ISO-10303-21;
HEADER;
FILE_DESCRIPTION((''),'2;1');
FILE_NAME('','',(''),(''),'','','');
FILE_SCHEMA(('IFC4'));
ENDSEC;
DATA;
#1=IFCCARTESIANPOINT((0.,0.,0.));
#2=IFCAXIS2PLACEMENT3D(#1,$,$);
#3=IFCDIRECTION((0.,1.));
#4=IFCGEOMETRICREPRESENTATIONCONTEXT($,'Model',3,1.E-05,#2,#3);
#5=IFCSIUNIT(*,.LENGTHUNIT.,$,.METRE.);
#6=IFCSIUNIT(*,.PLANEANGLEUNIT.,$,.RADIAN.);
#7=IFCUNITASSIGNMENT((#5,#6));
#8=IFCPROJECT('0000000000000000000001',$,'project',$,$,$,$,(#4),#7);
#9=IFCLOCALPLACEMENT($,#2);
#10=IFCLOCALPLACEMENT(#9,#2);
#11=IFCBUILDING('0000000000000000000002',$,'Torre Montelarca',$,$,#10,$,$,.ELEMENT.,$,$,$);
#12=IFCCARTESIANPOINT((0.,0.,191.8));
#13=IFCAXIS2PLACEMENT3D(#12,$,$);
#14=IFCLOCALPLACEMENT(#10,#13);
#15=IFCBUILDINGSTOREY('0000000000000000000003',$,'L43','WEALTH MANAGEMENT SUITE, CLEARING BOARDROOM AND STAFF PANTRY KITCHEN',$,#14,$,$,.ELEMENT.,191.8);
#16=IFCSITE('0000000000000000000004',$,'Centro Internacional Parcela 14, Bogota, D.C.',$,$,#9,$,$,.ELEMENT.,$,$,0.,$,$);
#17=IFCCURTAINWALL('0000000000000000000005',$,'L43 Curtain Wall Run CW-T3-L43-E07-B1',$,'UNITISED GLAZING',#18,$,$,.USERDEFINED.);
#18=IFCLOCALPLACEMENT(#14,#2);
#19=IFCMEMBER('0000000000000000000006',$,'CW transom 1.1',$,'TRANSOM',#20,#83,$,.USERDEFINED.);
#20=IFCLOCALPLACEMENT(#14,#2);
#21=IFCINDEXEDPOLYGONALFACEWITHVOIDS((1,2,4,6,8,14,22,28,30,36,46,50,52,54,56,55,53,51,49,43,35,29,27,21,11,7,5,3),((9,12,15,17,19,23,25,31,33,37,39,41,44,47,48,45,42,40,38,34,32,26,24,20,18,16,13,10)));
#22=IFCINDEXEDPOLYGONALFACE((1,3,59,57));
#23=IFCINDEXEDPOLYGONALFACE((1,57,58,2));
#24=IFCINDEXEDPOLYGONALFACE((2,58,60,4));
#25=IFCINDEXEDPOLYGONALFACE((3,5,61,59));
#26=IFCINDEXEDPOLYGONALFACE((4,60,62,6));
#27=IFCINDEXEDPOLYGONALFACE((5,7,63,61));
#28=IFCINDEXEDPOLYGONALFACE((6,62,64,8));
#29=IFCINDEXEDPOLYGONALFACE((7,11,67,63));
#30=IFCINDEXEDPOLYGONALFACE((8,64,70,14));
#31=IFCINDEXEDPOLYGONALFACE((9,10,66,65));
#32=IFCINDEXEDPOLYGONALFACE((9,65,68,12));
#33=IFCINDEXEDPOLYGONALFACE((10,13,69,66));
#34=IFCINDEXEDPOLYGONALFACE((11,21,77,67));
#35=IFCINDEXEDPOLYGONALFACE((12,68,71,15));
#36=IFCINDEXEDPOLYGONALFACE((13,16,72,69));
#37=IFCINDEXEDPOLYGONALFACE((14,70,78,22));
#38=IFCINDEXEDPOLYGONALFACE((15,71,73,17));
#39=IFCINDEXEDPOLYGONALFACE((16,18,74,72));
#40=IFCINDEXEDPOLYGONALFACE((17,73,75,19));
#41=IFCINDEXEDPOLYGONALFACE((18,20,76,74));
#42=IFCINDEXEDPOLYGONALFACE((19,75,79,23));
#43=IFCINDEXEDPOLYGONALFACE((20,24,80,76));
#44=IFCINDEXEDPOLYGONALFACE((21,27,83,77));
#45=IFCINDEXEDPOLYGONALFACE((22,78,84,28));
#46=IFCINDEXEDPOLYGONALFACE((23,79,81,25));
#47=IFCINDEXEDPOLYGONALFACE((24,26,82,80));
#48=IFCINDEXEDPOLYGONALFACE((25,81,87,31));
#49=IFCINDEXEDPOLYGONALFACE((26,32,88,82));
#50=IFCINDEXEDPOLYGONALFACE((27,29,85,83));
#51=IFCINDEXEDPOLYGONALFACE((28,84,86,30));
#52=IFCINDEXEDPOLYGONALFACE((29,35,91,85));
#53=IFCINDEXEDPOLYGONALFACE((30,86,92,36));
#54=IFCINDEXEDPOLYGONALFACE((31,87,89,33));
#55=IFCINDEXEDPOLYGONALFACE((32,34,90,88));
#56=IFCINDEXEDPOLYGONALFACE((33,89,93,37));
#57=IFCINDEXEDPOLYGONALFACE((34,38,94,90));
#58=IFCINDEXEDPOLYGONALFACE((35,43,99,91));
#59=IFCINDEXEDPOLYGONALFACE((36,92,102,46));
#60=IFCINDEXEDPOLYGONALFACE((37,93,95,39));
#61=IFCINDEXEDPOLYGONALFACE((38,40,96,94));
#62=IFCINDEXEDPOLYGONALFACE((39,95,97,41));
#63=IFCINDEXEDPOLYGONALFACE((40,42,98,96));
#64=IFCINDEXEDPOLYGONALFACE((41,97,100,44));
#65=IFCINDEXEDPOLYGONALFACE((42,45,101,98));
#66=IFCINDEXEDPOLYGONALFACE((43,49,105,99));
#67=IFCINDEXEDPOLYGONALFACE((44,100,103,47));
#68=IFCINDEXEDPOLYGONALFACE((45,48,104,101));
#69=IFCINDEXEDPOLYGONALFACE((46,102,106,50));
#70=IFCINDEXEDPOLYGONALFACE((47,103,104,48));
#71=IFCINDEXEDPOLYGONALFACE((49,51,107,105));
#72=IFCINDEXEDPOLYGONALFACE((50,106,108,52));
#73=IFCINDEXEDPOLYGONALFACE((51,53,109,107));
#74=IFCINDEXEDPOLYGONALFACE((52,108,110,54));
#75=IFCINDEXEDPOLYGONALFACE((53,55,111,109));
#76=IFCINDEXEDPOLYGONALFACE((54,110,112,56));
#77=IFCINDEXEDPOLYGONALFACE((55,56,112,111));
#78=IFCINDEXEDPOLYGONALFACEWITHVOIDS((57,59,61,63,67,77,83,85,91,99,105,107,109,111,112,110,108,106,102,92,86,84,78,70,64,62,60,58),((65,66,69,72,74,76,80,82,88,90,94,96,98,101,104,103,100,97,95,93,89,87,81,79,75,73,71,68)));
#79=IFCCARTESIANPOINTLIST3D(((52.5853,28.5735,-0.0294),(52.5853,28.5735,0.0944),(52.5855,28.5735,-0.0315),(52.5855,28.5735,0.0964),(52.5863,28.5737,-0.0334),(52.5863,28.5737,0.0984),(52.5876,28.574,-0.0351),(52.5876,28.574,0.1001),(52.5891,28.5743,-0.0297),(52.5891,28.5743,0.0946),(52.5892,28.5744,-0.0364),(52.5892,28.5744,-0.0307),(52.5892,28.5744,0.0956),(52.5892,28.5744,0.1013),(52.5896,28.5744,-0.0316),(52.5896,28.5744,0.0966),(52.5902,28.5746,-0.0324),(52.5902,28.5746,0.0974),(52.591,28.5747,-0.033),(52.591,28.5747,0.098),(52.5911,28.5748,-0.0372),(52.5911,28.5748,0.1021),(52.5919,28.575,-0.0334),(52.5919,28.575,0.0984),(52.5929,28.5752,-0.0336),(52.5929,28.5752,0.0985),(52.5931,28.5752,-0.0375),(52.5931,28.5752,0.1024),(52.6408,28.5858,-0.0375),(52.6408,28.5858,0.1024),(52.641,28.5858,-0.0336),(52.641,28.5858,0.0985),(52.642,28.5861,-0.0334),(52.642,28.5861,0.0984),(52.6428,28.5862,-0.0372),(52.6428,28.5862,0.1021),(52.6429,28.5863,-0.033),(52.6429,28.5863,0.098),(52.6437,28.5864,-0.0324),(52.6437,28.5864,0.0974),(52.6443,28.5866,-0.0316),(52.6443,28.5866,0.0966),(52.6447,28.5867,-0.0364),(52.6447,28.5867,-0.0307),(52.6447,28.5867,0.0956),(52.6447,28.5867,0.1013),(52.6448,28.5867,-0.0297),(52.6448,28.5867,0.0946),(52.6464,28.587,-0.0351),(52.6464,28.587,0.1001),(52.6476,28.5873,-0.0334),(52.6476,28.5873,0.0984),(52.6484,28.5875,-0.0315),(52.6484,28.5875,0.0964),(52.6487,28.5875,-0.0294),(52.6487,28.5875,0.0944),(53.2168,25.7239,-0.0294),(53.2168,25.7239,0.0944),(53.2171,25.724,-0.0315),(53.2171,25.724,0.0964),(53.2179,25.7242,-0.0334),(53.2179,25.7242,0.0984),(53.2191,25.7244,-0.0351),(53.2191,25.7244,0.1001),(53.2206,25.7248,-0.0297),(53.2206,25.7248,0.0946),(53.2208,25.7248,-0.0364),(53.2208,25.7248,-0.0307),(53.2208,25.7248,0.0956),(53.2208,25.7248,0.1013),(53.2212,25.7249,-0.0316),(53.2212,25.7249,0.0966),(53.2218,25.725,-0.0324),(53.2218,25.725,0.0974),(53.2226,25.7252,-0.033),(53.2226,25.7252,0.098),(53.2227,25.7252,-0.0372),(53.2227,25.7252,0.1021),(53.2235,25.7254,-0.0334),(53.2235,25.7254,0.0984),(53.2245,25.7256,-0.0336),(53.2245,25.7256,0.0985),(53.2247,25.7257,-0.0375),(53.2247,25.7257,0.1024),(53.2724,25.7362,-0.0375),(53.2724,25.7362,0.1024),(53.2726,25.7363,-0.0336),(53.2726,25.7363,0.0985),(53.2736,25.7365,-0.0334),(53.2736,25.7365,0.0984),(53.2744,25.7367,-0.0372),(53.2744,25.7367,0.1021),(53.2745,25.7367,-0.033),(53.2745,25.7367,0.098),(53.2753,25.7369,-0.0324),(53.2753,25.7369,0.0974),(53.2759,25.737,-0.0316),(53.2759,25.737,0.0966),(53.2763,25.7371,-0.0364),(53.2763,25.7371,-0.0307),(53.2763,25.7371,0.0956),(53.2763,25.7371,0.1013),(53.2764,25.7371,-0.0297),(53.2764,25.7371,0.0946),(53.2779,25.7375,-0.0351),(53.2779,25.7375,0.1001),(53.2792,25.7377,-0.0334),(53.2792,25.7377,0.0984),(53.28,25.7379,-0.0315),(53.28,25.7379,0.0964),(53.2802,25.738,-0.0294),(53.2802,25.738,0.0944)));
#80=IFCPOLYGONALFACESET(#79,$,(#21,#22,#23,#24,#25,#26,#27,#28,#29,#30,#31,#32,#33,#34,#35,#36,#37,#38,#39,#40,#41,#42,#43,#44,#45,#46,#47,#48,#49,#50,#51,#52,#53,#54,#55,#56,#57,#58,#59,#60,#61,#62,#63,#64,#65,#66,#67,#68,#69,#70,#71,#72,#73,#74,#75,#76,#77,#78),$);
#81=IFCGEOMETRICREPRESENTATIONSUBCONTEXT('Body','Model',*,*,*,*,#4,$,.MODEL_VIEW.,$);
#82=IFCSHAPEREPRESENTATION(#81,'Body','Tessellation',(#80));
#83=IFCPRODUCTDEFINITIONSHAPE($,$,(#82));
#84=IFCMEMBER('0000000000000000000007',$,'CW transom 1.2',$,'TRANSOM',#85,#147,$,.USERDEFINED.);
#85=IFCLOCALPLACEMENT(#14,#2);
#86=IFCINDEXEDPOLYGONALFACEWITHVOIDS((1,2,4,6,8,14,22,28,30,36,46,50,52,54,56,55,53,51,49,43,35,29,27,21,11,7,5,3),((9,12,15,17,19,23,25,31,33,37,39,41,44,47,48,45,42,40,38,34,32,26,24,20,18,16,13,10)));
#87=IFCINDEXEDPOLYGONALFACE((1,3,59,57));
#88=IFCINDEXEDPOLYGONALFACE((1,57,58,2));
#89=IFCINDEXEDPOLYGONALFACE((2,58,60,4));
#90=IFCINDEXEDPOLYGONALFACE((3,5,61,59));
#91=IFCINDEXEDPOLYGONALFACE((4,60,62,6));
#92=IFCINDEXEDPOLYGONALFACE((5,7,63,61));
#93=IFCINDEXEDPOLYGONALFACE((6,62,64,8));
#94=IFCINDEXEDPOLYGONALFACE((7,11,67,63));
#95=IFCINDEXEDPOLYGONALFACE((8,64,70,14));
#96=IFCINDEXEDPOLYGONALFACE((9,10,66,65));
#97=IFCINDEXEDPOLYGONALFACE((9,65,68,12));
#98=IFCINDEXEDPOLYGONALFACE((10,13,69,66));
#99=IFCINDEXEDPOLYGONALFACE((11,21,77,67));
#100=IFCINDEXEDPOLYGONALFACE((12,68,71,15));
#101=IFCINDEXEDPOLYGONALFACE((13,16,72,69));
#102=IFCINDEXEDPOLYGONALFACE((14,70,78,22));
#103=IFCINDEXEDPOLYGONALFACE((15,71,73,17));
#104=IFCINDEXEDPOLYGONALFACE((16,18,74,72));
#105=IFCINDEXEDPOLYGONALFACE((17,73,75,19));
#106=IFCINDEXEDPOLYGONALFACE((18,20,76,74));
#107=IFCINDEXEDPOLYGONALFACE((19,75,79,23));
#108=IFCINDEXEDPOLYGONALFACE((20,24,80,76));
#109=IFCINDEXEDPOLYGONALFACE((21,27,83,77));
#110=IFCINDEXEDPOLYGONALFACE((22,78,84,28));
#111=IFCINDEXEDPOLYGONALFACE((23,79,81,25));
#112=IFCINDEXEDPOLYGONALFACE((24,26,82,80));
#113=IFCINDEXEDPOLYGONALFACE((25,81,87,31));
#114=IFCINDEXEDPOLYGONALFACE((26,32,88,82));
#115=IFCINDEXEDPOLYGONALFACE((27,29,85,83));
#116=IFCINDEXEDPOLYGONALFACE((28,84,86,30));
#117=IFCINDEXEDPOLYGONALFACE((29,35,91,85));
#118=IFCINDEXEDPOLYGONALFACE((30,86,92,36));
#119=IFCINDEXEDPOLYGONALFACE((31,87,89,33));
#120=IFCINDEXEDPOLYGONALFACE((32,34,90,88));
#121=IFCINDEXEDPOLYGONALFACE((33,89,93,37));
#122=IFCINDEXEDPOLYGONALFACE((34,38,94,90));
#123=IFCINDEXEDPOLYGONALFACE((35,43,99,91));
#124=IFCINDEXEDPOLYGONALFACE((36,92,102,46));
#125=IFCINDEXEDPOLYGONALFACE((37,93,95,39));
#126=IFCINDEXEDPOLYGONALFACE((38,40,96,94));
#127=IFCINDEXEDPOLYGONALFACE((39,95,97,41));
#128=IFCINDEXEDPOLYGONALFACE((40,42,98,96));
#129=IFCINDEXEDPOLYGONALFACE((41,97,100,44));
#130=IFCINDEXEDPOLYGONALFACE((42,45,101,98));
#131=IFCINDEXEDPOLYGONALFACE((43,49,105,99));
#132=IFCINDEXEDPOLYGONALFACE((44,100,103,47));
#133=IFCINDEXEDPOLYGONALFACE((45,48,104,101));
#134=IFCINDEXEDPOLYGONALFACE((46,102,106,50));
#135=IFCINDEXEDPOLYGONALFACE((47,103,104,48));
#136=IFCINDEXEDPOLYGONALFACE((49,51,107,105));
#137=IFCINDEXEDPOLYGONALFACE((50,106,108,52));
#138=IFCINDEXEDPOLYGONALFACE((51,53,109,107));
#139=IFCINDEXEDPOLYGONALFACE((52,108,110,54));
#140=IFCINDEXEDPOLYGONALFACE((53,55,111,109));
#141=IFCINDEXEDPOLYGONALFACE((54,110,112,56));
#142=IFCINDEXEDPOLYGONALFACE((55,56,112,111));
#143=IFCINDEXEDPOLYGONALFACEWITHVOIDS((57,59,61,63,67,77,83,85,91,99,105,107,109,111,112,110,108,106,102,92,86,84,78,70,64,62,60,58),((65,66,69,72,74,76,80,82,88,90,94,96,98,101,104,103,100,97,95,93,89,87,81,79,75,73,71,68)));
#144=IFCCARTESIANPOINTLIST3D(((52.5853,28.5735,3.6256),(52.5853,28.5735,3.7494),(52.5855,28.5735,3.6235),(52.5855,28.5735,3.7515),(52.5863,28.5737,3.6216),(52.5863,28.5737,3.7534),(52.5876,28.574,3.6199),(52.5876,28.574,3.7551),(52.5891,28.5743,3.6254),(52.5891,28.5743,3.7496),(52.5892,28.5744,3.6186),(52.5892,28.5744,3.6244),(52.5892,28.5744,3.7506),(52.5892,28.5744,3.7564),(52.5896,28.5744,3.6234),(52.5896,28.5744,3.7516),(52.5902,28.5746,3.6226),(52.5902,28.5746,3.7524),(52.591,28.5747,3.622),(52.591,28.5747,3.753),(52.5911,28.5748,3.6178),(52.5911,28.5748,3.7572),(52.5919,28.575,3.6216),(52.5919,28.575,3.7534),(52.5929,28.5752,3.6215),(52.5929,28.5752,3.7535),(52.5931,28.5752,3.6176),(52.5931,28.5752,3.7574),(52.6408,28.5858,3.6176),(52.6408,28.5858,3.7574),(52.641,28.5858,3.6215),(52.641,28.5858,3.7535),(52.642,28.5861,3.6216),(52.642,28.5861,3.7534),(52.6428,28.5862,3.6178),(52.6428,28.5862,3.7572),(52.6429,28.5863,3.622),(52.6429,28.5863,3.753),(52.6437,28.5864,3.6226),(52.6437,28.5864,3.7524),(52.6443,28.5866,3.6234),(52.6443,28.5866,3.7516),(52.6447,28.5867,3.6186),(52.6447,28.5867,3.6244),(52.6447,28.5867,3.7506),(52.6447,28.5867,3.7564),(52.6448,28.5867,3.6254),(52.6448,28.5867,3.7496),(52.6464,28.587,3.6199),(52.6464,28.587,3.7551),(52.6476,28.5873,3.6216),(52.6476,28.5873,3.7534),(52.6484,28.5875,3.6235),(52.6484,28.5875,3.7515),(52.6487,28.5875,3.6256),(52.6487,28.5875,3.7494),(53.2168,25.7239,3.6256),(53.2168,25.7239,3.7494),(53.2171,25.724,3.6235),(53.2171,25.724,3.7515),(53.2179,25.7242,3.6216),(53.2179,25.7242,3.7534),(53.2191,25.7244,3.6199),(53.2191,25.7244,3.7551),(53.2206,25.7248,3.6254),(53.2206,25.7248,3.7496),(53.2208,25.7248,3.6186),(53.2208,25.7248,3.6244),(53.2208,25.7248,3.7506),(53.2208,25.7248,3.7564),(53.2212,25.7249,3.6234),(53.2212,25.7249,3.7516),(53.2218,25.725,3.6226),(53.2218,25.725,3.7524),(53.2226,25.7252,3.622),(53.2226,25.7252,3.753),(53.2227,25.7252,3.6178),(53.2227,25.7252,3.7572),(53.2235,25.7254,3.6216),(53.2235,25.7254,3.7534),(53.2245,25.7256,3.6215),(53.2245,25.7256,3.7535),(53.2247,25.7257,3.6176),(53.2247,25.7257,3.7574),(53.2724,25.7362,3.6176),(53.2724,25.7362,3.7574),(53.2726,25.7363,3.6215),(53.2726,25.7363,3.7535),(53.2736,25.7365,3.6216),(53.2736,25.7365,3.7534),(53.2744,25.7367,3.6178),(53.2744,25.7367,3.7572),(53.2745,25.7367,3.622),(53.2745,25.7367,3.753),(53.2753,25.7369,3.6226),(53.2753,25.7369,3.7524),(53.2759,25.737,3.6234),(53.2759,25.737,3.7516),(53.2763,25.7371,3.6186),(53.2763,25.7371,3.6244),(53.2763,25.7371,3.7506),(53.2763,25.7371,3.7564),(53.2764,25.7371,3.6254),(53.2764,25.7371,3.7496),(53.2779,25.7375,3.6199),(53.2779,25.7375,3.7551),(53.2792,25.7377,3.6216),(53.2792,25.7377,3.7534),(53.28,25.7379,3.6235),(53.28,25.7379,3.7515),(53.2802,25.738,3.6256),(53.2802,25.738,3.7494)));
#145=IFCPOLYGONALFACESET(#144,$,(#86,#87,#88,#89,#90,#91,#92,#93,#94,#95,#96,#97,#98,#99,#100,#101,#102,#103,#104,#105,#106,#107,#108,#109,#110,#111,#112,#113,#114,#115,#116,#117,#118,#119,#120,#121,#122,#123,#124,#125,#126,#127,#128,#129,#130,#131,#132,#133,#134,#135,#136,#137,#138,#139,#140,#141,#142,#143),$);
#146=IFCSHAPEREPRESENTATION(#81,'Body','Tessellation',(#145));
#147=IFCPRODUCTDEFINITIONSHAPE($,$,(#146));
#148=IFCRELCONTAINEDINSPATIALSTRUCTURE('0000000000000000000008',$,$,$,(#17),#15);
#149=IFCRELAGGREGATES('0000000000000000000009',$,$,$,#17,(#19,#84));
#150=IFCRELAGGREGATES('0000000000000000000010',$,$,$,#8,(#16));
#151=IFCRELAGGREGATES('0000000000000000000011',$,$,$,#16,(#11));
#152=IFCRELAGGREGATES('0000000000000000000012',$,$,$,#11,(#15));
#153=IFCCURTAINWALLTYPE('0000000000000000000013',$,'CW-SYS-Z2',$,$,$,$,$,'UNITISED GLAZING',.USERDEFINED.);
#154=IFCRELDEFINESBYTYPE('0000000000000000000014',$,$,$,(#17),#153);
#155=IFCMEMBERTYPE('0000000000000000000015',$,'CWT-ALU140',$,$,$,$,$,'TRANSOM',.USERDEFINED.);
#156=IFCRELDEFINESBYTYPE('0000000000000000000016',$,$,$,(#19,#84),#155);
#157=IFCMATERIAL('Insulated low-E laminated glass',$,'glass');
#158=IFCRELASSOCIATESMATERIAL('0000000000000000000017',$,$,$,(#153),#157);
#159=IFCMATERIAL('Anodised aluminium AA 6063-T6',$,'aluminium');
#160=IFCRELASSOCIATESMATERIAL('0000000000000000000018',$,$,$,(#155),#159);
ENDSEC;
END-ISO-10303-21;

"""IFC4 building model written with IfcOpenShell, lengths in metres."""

from ifc_helpers import new_model, si_unit, direction, frame, origin, origin_2d, place, context, subcontext, project, spatial, hollow_rectangle, extrude, source, transform, mapped, material, material_profile, profile_set, type_object, element, aggregate, save


model = new_model("IFC4")

# Units and contexts
model_context = context("Model", 3, precision=1e-05, world=origin(), true_north=direction((0.0, 1.0)))
body_context = subcontext(model_context, "Body", "Model", "MODEL_VIEW")
ifc_project = project(units=[si_unit("LENGTHUNIT", "METRE"), si_unit("PLANEANGLEUNIT", "RADIAN")], contexts=[model_context])

# Site, building, storey
site_placement = place(None, origin())
site = spatial("IfcSite", under=ifc_project, at=site_placement, Name="Centro Internacional Parcela 14, Bogota, D.C.", CompositionType="ELEMENT", RefElevation=0.0)
building_placement = place(site_placement, origin())
building = spatial("IfcBuilding", under=site, at=building_placement, Name="Torre Montelarca", CompositionType="ELEMENT")
storey_placement = place(building_placement, frame((0.0, 0.0, 191.8)))
storey = spatial("IfcBuildingStorey", under=building, at=storey_placement, Name="L43", Description="WEALTH MANAGEMENT SUITE, CLEARING BOARDROOM AND STAFF PANTRY KITCHEN", CompositionType="ELEMENT", Elevation=191.8)

# Curtain wall, members
ifc_material_1 = material(Name="Insulated low-E laminated glass", Category="glass")
curtain_wall_type = type_object("IfcCurtainWallType", Name="CW-SYS-Z2", ElementType="UNITISED GLAZING", PredefinedType="USERDEFINED", material=ifc_material_1)
ifc_material_2 = material(Name="Anodised aluminium AA 6063-T6", Category="aluminium")
ifc_material_profile_1 = material_profile(ifc_material_2, hollow_rectangle(XDim=0.0649, YDim=0.1399, WallThickness=0.0039, InnerFilletRadius=0.0039, OuterFilletRadius=0.0081, at=origin_2d()), Name="ALU65X140X4", Category="aluminium")
ifc_profile_set_1 = profile_set([ifc_material_profile_1], Name="Anodised aluminium AA 6063-T6")
member_type_1 = type_object("IfcMemberType", Name="CWT-ALU140", ElementType="TRANSOM", PredefinedType="USERDEFINED", material=ifc_profile_set_1)
shared_shape_1 = source(origin(), body_context, "Body", "SweptSolid", [
    extrude(hollow_rectangle(XDim=0.0649, YDim=0.1399, WallThickness=0.0039, InnerFilletRadius=0.0039, OuterFilletRadius=0.0081, at=origin_2d()), origin(), (0.0, 0.0, 1.0), 2.9187),
])
curtain_wall_1_placement = place(storey_placement, origin())
curtain_wall_1 = element("IfcCurtainWall", 1, at=curtain_wall_1_placement, inside=storey, type_object=curtain_wall_type, Name="L43 Curtain Wall Run CW-T3-L43-E07-B1", ObjectType="UNITISED GLAZING", PredefinedType="USERDEFINED")
member_1_placement = place(storey_placement, frame((53.2485, 25.731, 0.0325), z_axis=(-0.21639, 0.976307, 0.0), x_axis=(-0.976307, -0.21639, 0.0)))
member_1 = element("IfcMember", 2, at=member_1_placement, type_object=member_type_1, Name="CW transom 1.1", ObjectType="TRANSOM", PredefinedType="USERDEFINED", context=body_context, shape_type="MappedRepresentation", body=[
    mapped(shared_shape_1, transform((0.0, 0.0, 0.0), scale=1.0)),
])
member_2_placement = place(storey_placement, frame((53.2485, 25.731, 3.6875), z_axis=(-0.21639, 0.976307, 0.0), x_axis=(-0.976307, -0.21639, 0.0)))
member_2 = element("IfcMember", 3, at=member_2_placement, type_object=member_type_1, Name="CW transom 1.2", ObjectType="TRANSOM", PredefinedType="USERDEFINED", context=body_context, shape_type="MappedRepresentation", body=[
    mapped(shared_shape_1, transform((0.0, 0.0, 0.0), scale=1.0)),
])

aggregate(curtain_wall_1, [member_1, member_2])

save(model, "model.ifc")
